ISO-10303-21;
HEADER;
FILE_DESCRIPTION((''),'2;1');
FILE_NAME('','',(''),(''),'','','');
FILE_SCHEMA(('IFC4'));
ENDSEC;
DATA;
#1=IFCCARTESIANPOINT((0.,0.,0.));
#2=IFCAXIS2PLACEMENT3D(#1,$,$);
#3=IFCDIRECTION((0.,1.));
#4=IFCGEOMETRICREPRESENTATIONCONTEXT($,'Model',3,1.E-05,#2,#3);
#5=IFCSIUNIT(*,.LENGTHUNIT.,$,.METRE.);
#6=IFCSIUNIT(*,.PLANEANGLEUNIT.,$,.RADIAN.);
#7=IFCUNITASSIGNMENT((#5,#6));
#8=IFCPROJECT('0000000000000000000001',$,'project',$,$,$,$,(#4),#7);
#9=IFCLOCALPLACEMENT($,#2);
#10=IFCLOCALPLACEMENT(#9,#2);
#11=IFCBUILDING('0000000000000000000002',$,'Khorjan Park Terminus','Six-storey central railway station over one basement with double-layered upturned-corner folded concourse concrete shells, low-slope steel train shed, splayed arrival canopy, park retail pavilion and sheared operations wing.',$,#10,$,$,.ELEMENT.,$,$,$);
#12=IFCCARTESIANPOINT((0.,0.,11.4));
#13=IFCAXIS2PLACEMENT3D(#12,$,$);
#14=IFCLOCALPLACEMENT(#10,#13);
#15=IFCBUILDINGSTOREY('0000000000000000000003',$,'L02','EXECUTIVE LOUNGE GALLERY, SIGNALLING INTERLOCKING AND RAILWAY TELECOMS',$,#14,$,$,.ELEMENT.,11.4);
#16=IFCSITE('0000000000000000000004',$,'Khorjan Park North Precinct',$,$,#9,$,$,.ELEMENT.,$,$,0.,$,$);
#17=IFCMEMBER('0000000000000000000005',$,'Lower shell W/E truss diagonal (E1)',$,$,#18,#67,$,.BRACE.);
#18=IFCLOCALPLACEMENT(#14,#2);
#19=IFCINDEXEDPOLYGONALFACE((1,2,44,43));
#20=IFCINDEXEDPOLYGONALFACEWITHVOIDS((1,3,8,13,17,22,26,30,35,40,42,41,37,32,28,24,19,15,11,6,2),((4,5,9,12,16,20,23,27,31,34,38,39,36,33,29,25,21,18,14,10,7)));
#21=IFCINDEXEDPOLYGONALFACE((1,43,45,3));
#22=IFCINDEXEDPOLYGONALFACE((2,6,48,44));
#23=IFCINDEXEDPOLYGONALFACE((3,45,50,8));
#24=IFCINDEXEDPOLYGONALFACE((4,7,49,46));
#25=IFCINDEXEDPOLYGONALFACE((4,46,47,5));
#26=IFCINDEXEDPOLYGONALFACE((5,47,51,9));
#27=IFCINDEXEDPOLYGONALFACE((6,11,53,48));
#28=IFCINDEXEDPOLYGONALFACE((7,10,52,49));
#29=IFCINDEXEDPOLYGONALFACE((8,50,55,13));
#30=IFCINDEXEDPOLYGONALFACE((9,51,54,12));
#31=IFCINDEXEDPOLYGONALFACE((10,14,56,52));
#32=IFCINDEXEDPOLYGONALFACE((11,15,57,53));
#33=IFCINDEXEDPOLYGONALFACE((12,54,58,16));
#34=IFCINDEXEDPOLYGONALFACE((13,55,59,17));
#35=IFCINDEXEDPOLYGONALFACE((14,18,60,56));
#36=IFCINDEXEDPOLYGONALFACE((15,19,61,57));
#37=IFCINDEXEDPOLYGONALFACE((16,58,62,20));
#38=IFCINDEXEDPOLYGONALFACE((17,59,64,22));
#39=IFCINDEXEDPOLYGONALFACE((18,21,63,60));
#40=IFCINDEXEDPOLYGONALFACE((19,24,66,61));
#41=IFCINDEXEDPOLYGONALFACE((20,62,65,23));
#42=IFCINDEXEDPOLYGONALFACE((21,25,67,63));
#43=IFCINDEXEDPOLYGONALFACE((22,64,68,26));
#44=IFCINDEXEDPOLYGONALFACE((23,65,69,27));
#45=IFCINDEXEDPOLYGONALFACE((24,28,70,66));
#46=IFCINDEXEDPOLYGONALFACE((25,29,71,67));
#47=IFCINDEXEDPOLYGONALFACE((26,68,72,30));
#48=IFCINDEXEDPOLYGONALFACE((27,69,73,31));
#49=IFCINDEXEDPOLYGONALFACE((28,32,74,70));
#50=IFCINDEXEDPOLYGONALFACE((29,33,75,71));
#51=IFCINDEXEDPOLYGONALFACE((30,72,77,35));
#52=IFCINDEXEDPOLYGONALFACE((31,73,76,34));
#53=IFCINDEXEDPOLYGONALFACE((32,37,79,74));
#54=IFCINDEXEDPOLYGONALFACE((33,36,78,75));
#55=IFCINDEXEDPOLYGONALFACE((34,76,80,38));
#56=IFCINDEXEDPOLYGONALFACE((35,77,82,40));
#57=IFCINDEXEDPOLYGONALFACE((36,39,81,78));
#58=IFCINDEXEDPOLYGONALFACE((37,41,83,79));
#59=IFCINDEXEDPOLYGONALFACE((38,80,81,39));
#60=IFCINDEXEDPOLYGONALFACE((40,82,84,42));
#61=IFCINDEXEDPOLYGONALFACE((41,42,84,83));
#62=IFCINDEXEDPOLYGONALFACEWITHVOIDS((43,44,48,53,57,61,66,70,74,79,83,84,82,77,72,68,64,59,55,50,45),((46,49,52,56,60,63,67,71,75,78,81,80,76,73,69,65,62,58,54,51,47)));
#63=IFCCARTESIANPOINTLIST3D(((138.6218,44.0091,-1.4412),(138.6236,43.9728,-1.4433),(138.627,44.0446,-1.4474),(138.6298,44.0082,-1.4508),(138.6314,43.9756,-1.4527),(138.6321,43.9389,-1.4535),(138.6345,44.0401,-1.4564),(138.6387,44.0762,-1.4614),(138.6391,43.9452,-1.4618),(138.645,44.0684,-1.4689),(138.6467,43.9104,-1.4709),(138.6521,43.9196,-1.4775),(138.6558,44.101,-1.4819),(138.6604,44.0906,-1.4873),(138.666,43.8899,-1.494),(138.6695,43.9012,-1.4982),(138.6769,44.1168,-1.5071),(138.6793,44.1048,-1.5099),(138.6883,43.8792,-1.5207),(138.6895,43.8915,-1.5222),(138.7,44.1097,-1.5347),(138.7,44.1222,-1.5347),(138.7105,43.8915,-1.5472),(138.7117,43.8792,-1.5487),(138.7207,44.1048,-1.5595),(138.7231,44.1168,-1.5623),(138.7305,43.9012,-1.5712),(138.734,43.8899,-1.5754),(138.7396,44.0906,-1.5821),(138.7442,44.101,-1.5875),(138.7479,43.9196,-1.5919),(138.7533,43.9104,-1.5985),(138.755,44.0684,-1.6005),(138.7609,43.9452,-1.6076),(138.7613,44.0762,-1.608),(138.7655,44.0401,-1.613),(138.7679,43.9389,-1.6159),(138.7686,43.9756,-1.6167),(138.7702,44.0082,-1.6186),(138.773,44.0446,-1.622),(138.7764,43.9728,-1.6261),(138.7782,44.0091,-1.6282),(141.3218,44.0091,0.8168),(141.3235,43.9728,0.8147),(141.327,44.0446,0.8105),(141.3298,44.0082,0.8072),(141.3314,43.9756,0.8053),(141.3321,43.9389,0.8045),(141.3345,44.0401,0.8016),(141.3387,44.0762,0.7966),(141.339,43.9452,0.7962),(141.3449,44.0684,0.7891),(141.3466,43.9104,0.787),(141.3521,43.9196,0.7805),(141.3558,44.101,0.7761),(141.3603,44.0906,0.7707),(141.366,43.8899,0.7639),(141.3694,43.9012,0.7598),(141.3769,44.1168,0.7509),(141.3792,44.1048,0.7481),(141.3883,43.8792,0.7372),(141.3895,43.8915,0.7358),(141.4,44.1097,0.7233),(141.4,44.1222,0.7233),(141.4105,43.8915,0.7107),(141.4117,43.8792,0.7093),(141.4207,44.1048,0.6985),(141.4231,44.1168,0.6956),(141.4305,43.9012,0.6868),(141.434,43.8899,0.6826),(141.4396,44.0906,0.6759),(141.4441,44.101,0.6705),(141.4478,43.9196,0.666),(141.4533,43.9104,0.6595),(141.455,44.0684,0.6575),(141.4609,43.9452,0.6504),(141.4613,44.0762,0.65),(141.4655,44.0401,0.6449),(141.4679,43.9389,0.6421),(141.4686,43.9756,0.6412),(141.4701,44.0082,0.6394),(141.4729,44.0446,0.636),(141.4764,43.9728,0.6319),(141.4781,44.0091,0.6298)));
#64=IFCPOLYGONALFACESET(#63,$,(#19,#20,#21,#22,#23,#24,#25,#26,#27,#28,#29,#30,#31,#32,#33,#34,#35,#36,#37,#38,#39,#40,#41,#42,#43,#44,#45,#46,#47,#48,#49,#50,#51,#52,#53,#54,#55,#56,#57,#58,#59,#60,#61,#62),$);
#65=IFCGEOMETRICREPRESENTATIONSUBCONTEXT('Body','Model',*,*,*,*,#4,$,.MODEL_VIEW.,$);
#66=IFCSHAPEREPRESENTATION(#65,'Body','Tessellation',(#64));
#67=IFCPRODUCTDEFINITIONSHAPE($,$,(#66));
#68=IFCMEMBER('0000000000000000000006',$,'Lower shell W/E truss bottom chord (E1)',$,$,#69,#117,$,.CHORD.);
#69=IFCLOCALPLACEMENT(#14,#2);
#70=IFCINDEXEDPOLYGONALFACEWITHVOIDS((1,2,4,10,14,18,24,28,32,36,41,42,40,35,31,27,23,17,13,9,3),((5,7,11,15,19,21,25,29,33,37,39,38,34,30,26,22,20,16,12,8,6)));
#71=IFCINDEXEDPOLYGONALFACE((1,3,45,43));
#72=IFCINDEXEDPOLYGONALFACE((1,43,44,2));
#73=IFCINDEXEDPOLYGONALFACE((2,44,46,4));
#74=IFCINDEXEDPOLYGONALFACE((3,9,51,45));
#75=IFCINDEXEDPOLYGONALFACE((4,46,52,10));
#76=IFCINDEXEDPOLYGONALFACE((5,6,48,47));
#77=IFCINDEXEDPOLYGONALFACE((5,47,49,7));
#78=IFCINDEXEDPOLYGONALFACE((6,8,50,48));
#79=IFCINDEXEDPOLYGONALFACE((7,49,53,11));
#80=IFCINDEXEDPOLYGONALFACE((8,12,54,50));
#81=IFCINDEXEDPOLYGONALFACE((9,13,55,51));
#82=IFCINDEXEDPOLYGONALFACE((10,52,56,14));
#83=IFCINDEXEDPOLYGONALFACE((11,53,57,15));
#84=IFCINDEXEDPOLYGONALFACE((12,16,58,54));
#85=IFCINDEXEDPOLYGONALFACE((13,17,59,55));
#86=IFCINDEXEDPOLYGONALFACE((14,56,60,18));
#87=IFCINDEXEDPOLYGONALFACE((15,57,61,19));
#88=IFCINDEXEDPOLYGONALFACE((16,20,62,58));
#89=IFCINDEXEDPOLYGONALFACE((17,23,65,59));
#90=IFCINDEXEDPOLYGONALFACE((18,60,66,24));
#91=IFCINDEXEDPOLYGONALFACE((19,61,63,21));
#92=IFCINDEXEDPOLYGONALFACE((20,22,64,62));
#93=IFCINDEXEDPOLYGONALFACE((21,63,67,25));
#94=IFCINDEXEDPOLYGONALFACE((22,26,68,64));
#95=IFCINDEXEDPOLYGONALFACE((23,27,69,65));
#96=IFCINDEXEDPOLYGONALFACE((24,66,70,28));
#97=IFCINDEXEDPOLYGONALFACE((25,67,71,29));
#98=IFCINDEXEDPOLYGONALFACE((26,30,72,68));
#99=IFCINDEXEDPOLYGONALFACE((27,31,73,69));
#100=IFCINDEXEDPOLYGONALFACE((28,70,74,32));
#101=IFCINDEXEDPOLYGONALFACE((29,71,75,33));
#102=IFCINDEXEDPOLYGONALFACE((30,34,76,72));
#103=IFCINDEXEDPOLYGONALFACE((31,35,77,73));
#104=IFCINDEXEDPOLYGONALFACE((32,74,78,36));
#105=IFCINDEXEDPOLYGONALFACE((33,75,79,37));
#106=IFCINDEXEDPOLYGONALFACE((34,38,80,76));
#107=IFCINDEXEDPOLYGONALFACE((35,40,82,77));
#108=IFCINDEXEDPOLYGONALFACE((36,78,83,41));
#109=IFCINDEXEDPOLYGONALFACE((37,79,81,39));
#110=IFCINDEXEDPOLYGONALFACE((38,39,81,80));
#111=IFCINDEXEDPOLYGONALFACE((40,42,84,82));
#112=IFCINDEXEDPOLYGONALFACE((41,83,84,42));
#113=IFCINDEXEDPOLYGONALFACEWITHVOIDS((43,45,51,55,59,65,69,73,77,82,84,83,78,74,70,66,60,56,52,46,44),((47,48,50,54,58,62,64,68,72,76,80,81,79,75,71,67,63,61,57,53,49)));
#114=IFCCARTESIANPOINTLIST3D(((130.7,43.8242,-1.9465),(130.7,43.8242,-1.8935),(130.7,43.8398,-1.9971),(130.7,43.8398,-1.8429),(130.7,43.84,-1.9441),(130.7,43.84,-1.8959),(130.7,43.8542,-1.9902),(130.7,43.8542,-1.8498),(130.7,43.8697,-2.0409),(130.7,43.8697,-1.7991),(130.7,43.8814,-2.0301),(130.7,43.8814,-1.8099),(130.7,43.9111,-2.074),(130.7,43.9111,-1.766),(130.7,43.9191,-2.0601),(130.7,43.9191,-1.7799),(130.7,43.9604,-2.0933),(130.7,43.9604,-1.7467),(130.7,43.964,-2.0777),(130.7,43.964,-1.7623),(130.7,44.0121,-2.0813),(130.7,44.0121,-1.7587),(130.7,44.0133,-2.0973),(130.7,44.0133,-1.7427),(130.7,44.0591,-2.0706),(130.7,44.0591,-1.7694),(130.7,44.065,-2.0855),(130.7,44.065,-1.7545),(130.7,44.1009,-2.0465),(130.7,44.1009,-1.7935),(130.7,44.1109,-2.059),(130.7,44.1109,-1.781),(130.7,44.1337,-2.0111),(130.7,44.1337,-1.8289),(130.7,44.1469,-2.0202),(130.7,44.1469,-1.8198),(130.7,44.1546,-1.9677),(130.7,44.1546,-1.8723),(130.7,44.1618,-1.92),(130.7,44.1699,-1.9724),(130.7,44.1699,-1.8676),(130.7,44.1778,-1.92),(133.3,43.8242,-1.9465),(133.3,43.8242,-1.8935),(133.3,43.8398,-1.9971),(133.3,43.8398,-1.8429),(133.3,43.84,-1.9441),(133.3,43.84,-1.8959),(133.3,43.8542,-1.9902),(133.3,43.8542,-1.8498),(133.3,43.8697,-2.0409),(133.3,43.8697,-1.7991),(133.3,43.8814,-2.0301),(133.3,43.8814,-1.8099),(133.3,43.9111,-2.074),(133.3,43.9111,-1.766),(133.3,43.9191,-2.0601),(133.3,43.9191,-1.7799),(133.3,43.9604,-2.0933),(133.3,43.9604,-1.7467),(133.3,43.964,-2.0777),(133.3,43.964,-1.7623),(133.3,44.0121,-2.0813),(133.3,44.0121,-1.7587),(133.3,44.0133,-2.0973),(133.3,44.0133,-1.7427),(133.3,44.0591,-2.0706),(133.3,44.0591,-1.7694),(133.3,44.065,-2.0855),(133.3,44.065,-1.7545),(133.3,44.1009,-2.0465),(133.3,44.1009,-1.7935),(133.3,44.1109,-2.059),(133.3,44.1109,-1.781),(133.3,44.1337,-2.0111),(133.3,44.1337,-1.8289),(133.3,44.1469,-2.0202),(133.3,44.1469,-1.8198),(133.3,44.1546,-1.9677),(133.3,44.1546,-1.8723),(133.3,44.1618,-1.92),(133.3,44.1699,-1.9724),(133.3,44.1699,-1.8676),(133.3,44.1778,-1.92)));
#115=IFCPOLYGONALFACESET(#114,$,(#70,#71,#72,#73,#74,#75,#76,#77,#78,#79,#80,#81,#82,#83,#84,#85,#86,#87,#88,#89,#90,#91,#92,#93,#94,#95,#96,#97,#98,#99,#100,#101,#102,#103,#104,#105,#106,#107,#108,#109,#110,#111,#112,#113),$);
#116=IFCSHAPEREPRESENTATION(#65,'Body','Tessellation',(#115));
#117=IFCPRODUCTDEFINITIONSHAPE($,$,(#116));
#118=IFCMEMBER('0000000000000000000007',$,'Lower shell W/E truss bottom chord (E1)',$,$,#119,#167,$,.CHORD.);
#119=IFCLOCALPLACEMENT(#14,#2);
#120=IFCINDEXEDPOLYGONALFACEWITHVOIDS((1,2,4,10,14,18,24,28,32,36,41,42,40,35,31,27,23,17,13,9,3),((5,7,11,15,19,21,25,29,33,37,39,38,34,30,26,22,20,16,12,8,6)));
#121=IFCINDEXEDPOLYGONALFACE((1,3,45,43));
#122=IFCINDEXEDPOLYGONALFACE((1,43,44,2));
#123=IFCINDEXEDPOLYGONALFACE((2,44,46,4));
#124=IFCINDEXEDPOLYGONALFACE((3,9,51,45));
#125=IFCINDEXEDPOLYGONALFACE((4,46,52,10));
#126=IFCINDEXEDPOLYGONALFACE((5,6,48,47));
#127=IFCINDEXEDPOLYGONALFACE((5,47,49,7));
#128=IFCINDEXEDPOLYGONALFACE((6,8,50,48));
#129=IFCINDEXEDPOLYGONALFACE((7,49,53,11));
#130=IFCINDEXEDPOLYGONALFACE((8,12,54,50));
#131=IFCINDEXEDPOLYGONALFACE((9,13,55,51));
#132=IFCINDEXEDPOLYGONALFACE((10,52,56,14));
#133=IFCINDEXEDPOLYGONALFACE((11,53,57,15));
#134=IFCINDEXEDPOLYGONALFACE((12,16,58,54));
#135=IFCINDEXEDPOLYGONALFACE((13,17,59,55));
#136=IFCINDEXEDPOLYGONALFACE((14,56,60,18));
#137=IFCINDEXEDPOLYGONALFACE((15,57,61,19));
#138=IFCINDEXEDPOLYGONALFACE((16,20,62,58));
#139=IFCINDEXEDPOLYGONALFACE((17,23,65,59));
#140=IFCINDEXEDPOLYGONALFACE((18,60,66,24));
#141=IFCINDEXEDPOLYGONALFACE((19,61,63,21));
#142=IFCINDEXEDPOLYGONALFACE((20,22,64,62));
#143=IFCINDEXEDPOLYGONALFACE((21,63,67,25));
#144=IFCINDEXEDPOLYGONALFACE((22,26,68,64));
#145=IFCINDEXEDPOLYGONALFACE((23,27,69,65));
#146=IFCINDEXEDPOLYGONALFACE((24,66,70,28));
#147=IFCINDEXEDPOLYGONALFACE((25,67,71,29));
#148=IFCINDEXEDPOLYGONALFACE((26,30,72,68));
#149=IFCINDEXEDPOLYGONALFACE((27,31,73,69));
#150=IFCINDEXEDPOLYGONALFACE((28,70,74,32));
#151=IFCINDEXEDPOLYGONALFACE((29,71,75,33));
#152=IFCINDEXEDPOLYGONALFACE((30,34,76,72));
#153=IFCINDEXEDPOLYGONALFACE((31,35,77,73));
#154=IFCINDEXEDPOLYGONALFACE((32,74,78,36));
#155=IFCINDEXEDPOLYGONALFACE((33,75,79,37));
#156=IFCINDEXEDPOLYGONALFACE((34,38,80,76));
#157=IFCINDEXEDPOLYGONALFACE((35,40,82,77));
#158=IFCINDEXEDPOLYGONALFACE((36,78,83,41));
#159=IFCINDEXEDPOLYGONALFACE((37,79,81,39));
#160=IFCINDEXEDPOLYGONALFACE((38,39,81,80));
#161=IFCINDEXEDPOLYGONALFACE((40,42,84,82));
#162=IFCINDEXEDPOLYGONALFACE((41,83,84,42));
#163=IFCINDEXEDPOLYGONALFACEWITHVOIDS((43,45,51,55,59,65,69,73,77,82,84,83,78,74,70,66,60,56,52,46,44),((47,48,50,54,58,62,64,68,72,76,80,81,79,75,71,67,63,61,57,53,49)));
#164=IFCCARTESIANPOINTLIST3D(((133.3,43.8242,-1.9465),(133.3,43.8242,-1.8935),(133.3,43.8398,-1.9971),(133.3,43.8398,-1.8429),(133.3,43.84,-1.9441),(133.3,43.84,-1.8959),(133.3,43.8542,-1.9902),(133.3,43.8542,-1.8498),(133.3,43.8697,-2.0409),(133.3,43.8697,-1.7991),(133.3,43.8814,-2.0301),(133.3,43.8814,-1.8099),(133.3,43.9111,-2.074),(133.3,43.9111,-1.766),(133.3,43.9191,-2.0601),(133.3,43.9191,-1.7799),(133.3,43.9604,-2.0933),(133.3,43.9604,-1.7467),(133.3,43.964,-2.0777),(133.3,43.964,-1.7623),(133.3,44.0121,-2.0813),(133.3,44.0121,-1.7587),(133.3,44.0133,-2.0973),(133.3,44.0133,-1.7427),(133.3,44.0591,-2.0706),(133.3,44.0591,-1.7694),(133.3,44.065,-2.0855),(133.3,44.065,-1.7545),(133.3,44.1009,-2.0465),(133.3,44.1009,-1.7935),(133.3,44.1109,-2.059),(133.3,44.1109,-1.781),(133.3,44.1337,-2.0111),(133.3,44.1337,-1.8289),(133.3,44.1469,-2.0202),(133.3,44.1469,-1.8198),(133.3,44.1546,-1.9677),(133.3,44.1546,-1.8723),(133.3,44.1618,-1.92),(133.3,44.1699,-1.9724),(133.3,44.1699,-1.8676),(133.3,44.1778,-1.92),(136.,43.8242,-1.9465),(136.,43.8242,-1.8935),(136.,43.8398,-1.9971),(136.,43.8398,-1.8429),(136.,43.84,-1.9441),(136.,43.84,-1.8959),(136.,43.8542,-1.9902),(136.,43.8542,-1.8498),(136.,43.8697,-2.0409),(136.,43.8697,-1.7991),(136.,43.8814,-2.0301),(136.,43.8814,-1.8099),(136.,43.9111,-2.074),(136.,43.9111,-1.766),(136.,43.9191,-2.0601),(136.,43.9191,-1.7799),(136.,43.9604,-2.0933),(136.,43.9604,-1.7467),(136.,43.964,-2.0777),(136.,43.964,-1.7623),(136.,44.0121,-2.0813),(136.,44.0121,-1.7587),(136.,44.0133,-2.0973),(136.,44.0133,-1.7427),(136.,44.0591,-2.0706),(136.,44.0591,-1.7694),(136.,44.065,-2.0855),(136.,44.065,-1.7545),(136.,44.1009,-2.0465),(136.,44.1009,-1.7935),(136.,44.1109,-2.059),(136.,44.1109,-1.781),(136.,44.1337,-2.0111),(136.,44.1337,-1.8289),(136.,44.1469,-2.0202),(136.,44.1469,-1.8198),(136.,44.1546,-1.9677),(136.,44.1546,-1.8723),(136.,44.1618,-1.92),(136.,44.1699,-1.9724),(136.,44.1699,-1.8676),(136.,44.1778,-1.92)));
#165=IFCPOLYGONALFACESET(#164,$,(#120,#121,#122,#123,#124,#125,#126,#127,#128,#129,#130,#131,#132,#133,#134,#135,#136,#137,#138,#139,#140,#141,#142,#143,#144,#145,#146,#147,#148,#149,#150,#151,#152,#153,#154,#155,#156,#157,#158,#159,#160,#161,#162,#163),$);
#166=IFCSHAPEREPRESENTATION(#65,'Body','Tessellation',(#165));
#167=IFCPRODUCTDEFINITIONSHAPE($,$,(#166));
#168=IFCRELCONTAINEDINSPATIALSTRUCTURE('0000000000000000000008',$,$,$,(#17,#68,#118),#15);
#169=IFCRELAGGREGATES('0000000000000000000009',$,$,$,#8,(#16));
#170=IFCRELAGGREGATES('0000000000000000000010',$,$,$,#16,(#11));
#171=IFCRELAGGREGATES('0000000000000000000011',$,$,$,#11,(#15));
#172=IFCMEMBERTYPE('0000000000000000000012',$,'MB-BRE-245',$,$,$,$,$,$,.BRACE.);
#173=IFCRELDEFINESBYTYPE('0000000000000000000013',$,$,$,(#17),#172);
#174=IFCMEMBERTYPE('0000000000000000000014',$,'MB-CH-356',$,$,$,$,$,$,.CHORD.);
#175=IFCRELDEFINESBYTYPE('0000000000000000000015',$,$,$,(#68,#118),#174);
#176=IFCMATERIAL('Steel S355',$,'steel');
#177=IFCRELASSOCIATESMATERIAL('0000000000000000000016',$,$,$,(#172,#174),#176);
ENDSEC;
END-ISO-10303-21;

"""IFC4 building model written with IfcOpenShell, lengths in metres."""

from ifc_helpers import new_model, si_unit, direction, frame, origin, origin_2d, place, context, subcontext, project, spatial, hollow_circle, extrude, material, material_profile, profile_set, type_object, element, save


model = new_model("IFC4")

# Units and contexts
model_context = context("Model", 3, precision=1e-05, world=origin(), true_north=direction((0.0, 1.0)))
body_context = subcontext(model_context, "Body", "Model", "MODEL_VIEW")
ifc_project = project(units=[si_unit("LENGTHUNIT", "METRE"), si_unit("PLANEANGLEUNIT", "RADIAN")], contexts=[model_context])

# Site, building, storey
site_placement = place(None, origin())
site = spatial("IfcSite", under=ifc_project, at=site_placement, Name="Khorjan Park North Precinct", CompositionType="ELEMENT", RefElevation=0.0)
building_placement = place(site_placement, origin())
building = spatial("IfcBuilding", under=site, at=building_placement, Name="Khorjan Park Terminus", Description="Six-storey central railway station over one basement with double-layered upturned-corner folded concourse concrete shells, low-slope steel train shed, splayed arrival canopy, park retail pavilion and sheared operations wing.", CompositionType="ELEMENT")
storey_placement = place(building_placement, frame((0.0, 0.0, 11.4)))
storey = spatial("IfcBuildingStorey", under=building, at=storey_placement, Name="L02", Description="EXECUTIVE LOUNGE GALLERY, SIGNALLING INTERLOCKING AND RAILWAY TELECOMS", CompositionType="ELEMENT", Elevation=11.4)

# Members
ifc_material_1 = material(Name="Steel S355", Category="steel")
ifc_material_profile_1 = material_profile(ifc_material_1, hollow_circle(Radius=0.1222, WallThickness=0.0125, at=origin_2d()), Name="CHS 244.5x12.5")
ifc_profile_set_1 = profile_set([ifc_material_profile_1], Name="Steel S355")
member_type_1 = type_object("IfcMemberType", Name="MB-BRE-245", PredefinedType="BRACE", material=ifc_profile_set_1)
member_1_placement = place(storey_placement, frame((138.7, 44.0, -1.5347), z_axis=(0.767102, 0.0, 0.641525), x_axis=(0.0, 1.0, 0.0)))
element("IfcMember", 1, at=member_1_placement, inside=storey, type_object=member_type_1, Name="Lower shell W/E truss diagonal (E1)", PredefinedType="BRACE", context=body_context, shape_type="SweptSolid", body=[
    extrude(hollow_circle(Radius=0.1222, WallThickness=0.0125, at=origin_2d()), origin(), (0.0, 0.0, 1.0), 3.5197),
])
ifc_material_profile_2 = material_profile(ifc_material_1, hollow_circle(Radius=0.1778, WallThickness=0.016, at=origin_2d()), Name="CHS 355.6x16")
ifc_profile_set_2 = profile_set([ifc_material_profile_2], Name="Steel S355")
member_type_2 = type_object("IfcMemberType", Name="MB-CH-356", PredefinedType="CHORD", material=ifc_profile_set_2)
member_2_placement = place(storey_placement, frame((130.7, 44.0, -1.92), z_axis=(1.0, 0.0, 0.0), x_axis=(0.0, 1.0, 0.0)))
element("IfcMember", 2, at=member_2_placement, inside=storey, type_object=member_type_2, Name="Lower shell W/E truss bottom chord (E1)", PredefinedType="CHORD", context=body_context, shape_type="SweptSolid", body=[
    extrude(hollow_circle(Radius=0.1778, WallThickness=0.016, at=origin_2d()), origin(), (0.0, 0.0, 1.0), 2.6),
])
member_3_placement = place(storey_placement, frame((133.3, 44.0, -1.92), z_axis=(1.0, 0.0, 0.0), x_axis=(0.0, 1.0, 0.0)))
element("IfcMember", 3, at=member_3_placement, inside=storey, type_object=member_type_2, Name="Lower shell W/E truss bottom chord (E1)", PredefinedType="CHORD", context=body_context, shape_type="SweptSolid", body=[
    extrude(hollow_circle(Radius=0.1778, WallThickness=0.016, at=origin_2d()), origin(), (0.0, 0.0, 1.0), 2.7),
])

save(model, "model.ifc")
